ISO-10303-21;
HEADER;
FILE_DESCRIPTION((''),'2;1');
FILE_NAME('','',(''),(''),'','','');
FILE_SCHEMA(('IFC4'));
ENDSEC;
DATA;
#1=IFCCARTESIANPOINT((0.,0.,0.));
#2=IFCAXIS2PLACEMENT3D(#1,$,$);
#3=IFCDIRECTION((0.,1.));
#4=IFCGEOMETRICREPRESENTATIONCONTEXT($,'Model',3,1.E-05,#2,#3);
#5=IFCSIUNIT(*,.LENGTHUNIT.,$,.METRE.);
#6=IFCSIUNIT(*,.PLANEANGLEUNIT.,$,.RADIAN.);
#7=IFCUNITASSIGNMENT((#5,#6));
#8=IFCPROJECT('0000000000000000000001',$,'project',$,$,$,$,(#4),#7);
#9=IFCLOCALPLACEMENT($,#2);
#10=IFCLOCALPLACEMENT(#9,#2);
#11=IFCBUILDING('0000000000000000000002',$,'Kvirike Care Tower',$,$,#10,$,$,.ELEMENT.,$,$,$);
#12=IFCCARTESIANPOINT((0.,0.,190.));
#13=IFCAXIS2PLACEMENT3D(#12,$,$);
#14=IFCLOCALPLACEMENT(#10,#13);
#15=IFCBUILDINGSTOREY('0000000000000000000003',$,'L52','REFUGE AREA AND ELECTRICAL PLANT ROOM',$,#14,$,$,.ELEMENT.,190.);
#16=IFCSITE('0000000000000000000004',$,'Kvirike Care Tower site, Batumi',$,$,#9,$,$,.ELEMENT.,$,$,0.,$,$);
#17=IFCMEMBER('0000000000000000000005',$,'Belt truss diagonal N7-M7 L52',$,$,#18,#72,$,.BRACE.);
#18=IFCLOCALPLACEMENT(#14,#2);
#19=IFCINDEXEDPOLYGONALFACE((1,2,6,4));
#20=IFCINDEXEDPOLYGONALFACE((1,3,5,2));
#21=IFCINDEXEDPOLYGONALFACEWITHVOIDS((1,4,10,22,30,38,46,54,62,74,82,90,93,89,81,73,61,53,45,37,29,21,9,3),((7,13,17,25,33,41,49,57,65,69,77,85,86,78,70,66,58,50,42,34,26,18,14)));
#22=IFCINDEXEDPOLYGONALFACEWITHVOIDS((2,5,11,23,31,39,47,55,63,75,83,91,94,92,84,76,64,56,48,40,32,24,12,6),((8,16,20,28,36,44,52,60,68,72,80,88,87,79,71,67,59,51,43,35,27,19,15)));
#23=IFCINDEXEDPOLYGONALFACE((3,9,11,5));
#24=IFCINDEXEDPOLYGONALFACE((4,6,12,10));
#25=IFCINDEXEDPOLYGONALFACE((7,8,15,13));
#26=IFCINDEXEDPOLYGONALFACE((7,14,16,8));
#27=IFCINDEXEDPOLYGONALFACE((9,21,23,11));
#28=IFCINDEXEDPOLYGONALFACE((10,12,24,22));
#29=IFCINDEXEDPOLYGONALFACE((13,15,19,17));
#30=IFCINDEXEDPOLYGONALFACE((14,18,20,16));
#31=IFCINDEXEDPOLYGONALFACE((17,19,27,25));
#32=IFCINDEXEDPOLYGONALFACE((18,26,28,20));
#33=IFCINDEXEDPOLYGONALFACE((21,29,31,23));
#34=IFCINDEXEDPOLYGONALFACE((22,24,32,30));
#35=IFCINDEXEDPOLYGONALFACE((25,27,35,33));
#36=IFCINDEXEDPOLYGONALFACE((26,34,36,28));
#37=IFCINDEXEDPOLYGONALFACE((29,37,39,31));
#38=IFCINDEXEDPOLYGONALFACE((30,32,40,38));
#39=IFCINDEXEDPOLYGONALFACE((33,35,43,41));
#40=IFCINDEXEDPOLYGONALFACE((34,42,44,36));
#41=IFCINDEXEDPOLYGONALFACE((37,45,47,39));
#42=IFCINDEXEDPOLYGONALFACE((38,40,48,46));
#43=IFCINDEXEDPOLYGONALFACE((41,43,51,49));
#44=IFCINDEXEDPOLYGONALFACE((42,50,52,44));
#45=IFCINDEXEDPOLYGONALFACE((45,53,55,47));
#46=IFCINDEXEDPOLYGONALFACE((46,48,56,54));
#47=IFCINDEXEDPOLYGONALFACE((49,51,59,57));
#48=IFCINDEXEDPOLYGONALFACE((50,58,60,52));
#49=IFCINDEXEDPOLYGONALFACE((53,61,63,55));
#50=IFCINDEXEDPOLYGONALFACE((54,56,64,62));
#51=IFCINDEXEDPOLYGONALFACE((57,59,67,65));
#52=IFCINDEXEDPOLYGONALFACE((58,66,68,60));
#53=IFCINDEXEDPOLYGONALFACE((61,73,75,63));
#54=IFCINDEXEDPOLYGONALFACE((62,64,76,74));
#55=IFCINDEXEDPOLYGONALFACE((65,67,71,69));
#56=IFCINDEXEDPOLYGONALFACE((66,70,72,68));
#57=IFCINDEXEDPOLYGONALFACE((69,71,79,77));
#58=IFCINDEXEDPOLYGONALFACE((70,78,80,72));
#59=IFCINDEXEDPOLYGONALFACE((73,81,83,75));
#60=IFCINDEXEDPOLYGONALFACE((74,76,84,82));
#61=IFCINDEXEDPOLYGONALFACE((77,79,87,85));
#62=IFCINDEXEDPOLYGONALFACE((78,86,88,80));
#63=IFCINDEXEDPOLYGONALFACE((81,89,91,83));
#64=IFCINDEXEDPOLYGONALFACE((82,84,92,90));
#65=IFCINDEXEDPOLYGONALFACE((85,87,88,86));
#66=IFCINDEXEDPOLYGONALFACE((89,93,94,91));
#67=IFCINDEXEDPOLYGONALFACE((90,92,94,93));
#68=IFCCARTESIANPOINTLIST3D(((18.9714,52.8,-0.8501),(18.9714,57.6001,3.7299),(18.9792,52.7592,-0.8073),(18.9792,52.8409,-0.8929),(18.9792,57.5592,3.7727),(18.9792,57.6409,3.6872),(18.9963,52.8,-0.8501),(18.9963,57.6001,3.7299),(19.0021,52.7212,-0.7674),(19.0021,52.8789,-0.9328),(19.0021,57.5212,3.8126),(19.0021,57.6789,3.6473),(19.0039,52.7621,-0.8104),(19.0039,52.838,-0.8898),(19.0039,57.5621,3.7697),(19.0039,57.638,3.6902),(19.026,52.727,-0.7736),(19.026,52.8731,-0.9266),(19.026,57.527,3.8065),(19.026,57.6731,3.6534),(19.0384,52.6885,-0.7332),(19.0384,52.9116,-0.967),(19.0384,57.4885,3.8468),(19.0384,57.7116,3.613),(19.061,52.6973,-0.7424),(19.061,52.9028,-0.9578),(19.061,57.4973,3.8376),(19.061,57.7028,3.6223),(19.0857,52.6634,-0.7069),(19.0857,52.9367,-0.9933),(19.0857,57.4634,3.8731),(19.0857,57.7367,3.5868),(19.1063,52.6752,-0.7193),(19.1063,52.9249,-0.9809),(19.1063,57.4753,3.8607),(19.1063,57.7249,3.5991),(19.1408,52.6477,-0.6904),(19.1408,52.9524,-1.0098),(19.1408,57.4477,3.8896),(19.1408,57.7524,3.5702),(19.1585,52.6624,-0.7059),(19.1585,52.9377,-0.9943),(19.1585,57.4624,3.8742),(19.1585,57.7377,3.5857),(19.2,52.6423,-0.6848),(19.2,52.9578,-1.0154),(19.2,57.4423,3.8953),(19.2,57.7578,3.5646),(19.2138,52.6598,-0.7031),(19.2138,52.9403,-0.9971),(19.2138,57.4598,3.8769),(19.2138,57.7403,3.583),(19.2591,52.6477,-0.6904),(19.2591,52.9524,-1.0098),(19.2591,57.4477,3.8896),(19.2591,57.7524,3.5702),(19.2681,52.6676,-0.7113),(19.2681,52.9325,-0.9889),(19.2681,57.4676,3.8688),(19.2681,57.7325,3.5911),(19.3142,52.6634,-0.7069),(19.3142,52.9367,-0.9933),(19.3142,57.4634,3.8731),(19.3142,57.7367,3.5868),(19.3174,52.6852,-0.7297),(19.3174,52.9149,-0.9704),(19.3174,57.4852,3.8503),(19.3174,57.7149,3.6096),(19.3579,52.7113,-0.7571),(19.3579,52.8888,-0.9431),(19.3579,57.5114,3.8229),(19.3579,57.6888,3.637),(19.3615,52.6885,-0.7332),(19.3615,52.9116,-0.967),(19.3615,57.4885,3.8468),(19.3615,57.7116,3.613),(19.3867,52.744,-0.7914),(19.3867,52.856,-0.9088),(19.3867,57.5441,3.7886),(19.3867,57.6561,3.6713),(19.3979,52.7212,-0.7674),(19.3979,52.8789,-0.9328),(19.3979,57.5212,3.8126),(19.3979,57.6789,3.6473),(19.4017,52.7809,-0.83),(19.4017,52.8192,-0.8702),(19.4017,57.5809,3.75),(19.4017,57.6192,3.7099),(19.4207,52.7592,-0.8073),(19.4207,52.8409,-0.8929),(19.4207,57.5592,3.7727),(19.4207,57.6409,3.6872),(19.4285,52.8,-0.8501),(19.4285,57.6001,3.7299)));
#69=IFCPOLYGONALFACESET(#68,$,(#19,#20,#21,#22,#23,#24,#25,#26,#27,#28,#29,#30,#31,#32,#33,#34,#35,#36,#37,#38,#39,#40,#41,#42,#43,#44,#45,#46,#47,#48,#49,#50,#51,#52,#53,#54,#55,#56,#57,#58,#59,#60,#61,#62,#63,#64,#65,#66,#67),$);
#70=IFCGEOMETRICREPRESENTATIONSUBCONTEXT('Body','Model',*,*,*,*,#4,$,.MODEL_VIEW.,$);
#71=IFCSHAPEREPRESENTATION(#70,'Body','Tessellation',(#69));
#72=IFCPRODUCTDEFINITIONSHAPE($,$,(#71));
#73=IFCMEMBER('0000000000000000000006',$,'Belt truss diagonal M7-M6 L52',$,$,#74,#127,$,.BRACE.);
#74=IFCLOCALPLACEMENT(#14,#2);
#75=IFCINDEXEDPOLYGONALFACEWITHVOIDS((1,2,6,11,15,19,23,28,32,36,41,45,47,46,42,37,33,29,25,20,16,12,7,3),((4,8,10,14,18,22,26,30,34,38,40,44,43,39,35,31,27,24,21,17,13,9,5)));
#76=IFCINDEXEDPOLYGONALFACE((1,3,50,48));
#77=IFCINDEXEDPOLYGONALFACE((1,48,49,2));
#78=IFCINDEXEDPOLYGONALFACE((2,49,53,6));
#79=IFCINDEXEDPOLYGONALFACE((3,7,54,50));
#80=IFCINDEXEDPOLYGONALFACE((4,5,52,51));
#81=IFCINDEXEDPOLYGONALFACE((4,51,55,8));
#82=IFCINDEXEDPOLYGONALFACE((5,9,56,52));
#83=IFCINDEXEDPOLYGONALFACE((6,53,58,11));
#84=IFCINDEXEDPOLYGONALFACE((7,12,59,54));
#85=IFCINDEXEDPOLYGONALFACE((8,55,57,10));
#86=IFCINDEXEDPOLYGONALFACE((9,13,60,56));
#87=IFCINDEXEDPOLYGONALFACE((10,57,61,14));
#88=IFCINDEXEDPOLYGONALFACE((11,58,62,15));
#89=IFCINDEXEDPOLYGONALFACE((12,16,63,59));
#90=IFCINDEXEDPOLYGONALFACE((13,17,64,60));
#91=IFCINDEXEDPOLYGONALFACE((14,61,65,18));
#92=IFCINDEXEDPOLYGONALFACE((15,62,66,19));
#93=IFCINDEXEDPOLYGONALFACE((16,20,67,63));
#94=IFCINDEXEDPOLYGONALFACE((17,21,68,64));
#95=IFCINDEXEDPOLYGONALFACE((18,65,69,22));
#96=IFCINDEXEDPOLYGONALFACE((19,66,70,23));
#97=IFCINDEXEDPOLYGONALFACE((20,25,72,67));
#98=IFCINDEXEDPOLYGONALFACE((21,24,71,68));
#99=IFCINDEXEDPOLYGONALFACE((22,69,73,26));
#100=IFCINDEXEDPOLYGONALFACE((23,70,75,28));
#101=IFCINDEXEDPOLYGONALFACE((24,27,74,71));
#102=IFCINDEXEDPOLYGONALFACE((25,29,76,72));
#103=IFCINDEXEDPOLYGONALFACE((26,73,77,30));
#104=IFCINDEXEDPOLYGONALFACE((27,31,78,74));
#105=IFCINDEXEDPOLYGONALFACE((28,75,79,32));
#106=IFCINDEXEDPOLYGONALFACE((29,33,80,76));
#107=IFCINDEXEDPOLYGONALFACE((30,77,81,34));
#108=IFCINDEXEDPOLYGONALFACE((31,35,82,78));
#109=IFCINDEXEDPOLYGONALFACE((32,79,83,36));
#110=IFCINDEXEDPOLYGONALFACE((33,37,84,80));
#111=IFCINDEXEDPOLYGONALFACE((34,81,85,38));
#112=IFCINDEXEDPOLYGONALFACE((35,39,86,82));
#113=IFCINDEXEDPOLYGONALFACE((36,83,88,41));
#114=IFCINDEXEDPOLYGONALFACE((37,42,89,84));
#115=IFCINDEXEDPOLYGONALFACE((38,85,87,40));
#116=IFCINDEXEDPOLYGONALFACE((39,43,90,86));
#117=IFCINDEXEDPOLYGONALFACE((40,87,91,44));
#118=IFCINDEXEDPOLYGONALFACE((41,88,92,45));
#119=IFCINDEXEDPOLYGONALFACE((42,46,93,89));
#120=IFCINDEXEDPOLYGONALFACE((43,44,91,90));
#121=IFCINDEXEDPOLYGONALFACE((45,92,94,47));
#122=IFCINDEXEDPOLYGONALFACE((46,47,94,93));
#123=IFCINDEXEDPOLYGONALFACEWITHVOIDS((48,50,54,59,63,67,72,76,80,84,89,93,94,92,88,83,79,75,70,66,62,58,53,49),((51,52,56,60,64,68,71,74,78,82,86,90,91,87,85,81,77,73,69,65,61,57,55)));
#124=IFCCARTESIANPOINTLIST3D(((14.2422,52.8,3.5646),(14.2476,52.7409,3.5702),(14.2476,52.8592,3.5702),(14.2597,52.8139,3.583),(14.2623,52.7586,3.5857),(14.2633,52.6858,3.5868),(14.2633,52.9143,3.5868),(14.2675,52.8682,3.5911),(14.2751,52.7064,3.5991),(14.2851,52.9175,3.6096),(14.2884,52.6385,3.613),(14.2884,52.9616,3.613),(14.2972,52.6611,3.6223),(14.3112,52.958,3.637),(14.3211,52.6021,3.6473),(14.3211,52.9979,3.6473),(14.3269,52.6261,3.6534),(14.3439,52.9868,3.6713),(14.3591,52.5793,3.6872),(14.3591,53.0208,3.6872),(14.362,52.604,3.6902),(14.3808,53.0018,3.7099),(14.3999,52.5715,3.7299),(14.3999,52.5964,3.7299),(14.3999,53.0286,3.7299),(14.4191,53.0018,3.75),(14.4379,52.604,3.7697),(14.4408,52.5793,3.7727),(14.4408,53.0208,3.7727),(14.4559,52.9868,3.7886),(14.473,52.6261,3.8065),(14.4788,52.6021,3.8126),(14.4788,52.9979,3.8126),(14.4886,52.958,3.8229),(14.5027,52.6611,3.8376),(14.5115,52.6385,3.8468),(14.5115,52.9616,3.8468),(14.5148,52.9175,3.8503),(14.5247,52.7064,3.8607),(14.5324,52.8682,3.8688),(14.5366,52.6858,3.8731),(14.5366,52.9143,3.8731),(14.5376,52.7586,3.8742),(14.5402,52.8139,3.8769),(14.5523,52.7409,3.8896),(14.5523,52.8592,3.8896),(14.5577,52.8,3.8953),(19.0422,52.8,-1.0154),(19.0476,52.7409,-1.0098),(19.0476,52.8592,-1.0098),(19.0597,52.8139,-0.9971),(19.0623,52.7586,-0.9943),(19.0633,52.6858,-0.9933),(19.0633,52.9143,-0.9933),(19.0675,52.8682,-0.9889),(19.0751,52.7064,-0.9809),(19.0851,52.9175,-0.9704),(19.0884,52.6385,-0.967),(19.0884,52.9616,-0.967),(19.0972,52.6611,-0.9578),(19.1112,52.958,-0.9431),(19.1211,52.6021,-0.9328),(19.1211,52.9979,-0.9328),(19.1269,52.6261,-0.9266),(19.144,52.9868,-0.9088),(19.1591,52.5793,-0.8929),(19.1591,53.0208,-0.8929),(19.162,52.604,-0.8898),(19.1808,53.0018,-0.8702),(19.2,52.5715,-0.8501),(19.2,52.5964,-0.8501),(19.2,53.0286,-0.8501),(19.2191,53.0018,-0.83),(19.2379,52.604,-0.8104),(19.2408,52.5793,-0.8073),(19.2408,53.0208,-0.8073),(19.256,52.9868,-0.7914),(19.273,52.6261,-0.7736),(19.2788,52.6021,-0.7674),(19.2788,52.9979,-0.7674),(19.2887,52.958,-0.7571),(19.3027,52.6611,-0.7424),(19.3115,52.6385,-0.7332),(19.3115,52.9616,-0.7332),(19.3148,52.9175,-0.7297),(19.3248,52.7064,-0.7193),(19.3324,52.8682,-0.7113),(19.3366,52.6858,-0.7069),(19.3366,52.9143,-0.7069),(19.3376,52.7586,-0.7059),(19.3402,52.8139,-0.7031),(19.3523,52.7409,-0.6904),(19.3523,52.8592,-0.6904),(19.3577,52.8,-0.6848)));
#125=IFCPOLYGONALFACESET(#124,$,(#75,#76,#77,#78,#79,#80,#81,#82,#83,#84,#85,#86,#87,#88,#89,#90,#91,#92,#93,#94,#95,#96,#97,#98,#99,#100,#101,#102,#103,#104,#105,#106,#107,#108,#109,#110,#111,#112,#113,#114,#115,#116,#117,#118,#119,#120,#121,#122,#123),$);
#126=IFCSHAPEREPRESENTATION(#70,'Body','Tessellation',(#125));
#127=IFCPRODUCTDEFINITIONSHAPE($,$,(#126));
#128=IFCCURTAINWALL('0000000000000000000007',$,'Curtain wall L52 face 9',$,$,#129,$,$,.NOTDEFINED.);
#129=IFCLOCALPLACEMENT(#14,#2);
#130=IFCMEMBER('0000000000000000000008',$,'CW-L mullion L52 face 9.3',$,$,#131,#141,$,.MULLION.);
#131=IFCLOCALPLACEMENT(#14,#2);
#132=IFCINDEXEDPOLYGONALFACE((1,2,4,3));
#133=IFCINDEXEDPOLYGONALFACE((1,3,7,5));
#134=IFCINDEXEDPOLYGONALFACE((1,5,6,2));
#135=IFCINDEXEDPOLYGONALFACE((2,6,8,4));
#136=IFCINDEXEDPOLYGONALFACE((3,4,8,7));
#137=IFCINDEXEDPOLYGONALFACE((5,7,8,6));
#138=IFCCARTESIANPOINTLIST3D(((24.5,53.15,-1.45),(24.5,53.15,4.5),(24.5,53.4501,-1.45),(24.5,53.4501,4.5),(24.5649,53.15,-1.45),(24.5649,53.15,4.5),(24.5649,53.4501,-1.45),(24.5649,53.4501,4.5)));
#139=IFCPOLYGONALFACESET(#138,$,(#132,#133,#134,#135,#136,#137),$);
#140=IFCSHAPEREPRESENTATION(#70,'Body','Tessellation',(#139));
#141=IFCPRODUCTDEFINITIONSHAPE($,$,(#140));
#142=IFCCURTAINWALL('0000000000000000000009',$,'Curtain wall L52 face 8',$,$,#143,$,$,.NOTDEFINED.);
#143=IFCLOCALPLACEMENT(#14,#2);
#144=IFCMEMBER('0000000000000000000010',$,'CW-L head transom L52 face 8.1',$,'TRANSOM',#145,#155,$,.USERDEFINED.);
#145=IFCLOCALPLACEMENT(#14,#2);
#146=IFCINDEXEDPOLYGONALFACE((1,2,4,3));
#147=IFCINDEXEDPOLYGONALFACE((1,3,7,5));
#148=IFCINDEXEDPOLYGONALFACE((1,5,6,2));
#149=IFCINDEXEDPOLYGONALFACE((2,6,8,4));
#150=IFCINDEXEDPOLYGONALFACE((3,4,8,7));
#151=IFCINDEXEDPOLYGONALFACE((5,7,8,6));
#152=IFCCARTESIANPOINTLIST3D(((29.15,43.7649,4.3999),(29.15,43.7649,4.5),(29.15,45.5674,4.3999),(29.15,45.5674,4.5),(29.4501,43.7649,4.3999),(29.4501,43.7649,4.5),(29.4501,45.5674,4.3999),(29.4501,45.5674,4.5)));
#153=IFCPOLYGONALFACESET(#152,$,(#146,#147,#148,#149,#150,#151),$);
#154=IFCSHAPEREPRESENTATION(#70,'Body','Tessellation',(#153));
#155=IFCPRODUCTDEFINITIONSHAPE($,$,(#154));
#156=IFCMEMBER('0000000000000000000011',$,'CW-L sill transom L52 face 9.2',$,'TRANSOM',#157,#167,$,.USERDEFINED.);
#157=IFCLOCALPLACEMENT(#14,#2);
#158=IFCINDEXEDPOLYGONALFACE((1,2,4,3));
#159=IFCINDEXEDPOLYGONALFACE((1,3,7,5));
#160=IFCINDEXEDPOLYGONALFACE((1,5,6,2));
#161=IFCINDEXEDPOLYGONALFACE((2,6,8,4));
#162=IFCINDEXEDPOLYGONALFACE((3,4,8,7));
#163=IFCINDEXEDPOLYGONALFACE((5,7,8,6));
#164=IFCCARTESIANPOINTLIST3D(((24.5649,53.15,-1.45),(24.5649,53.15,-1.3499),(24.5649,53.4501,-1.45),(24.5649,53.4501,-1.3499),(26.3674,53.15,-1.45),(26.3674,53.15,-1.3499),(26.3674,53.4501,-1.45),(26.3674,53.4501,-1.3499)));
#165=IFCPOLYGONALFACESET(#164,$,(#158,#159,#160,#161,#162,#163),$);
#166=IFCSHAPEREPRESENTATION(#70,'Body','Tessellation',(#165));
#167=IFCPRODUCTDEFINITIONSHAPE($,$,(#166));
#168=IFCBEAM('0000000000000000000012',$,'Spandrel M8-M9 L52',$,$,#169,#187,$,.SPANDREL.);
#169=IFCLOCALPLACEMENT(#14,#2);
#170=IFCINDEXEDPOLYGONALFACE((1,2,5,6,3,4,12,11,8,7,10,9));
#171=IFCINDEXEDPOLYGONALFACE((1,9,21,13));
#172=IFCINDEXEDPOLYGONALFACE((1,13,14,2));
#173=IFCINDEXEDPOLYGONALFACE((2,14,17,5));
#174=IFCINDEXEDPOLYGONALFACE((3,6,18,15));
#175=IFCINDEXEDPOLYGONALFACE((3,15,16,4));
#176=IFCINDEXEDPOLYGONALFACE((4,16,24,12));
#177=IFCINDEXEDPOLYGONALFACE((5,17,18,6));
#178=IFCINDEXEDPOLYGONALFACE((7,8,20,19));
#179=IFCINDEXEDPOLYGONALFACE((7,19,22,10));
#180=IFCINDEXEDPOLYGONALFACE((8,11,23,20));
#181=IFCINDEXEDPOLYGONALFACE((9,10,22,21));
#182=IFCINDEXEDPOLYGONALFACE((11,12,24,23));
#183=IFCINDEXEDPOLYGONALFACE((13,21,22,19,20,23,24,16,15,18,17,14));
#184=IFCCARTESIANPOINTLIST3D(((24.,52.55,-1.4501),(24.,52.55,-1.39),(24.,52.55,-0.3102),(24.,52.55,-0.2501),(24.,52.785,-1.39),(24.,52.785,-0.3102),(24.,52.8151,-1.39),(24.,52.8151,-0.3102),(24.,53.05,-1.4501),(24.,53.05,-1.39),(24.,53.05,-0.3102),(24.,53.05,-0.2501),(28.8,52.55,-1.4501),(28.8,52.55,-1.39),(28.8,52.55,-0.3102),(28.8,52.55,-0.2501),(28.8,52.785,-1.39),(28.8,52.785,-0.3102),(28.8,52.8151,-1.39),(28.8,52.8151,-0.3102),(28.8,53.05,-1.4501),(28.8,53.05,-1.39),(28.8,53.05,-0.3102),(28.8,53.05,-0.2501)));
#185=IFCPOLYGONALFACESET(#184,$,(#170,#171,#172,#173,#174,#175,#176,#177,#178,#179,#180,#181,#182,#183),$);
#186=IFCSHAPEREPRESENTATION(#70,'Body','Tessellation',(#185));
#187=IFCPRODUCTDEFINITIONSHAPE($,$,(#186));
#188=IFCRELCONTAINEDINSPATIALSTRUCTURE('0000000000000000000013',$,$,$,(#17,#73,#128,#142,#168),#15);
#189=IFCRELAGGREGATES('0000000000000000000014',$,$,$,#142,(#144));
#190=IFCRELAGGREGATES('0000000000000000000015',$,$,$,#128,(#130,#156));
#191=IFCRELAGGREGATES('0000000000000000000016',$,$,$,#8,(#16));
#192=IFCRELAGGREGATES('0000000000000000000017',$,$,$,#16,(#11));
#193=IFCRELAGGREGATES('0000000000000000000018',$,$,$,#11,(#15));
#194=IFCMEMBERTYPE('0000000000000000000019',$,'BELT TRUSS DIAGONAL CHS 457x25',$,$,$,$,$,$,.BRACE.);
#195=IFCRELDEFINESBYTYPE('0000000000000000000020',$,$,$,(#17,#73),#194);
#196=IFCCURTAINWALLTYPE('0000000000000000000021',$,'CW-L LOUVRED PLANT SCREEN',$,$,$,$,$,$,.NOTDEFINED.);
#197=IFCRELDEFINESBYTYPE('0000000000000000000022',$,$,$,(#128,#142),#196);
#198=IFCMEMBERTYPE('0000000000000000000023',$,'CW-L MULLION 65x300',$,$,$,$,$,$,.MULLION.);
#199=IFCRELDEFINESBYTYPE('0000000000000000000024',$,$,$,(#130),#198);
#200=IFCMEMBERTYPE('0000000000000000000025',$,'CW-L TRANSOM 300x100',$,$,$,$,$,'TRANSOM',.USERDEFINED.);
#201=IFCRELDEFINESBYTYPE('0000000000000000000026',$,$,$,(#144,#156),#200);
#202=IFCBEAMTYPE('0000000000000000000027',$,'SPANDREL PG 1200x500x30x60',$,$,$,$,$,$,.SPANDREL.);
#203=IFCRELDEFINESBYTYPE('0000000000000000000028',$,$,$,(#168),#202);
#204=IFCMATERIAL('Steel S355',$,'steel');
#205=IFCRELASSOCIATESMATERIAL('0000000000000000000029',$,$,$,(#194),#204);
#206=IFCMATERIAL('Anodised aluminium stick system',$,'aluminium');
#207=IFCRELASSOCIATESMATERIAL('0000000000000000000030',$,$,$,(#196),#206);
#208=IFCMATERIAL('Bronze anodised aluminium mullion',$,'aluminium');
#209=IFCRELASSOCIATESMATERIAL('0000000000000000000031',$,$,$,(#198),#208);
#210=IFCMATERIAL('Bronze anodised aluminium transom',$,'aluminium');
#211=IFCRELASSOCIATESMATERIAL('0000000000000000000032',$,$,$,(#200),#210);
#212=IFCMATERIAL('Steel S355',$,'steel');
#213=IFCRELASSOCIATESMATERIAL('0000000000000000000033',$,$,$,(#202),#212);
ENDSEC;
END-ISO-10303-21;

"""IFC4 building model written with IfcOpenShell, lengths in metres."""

from ifc_helpers import new_model, si_unit, direction, frame, origin, origin_2d, place, context, subcontext, project, spatial, rectangle, hollow_circle, i_section, extrude, material, material_profile, profile_set, type_object, element, aggregate, save


model = new_model("IFC4")

# Units and contexts
model_context = context("Model", 3, precision=1e-05, world=origin(), true_north=direction((0.0, 1.0)))
body_context = subcontext(model_context, "Body", "Model", "MODEL_VIEW")
ifc_project = project(units=[si_unit("LENGTHUNIT", "METRE"), si_unit("PLANEANGLEUNIT", "RADIAN")], contexts=[model_context])

# Site, building, storey
site_placement = place(None, origin())
site = spatial("IfcSite", under=ifc_project, at=site_placement, Name="Kvirike Care Tower site, Batumi", CompositionType="ELEMENT", RefElevation=0.0)
building_placement = place(site_placement, origin())
building = spatial("IfcBuilding", under=site, at=building_placement, Name="Kvirike Care Tower", CompositionType="ELEMENT")
storey_placement = place(building_placement, frame((0.0, 0.0, 190.0)))
storey = spatial("IfcBuildingStorey", under=building, at=storey_placement, Name="L52", Description="REFUGE AREA AND ELECTRICAL PLANT ROOM", CompositionType="ELEMENT", Elevation=190.0)

# Members
ifc_material_1 = material(Name="Steel S355", Category="steel")
ifc_material_profile_1 = material_profile(ifc_material_1, hollow_circle(Radius=0.2285, WallThickness=0.0249, at=origin_2d()), Name="CHS 457x25")
ifc_profile_set_1 = profile_set([ifc_material_profile_1], Name="Steel S355")
member_type_1 = type_object("IfcMemberType", Name="BELT TRUSS DIAGONAL CHS 457x25", PredefinedType="BRACE", material=ifc_profile_set_1)
for number, where, z_axis, x_axis, name in (
    (1, (19.2, 52.8, -0.8501), (0.0, 0.72349, 0.690335), (-1.0, 0.0, 0.0), "Belt truss diagonal N7-M7 L52"),
    (2, (19.2, 52.8, -0.8501), (-0.72349, 0.0, 0.690335), (0.0, -1.0, 0.0), "Belt truss diagonal M7-M6 L52"),
):
    element("IfcMember", number, at=place(storey_placement, frame(where, z_axis=z_axis, x_axis=x_axis)), inside=storey, type_object=member_type_1, Name=name, PredefinedType="BRACE", context=body_context, shape_type="SweptSolid", body=[
        extrude(hollow_circle(Radius=0.2285, WallThickness=0.0249, at=origin_2d()), origin(), (0.0, 0.0, 1.0), 6.6345),
    ])

# Curtain walls, members
ifc_material_2 = material(Name="Anodised aluminium stick system", Category="aluminium")
curtain_wall_type = type_object("IfcCurtainWallType", Name="CW-L LOUVRED PLANT SCREEN", PredefinedType="NOTDEFINED", material=ifc_material_2)
curtain_wall_1_placement = place(storey_placement, origin())
curtain_wall_1 = element("IfcCurtainWall", 3, at=curtain_wall_1_placement, inside=storey, type_object=curtain_wall_type, Name="Curtain wall L52 face 9", PredefinedType="NOTDEFINED")
ifc_material_3 = material(Name="Bronze anodised aluminium mullion", Category="aluminium")
ifc_material_profile_2 = material_profile(ifc_material_3, rectangle(XDim=0.0649, YDim=0.3, at=origin_2d()), Name="CW-L MULLION 65x300")
ifc_profile_set_2 = profile_set([ifc_material_profile_2], Name="Bronze anodised aluminium mullion")
member_type_2 = type_object("IfcMemberType", Name="CW-L MULLION 65x300", PredefinedType="MULLION", material=ifc_profile_set_2)
member_1_placement = place(storey_placement, frame((24.5325, 53.3, -1.45), z_axis=(0.0, 0.0, 1.0), x_axis=(-1.0, 0.0, 0.0)))
member_1 = element("IfcMember", 4, at=member_1_placement, type_object=member_type_2, Name="CW-L mullion L52 face 9.3", PredefinedType="MULLION", context=body_context, shape_type="SweptSolid", body=[
    extrude(rectangle(XDim=0.0649, YDim=0.3, at=origin_2d()), origin(), (0.0, 0.0, 1.0), 5.95),
])
curtain_wall_2_placement = place(storey_placement, origin())
curtain_wall_2 = element("IfcCurtainWall", 5, at=curtain_wall_2_placement, inside=storey, type_object=curtain_wall_type, Name="Curtain wall L52 face 8", PredefinedType="NOTDEFINED")
ifc_material_4 = material(Name="Bronze anodised aluminium transom", Category="aluminium")
ifc_material_profile_3 = material_profile(ifc_material_4, rectangle(XDim=0.3, YDim=0.1001, at=origin_2d()), Name="CW-L TRANSOM 300x100")
ifc_profile_set_3 = profile_set([ifc_material_profile_3], Name="Bronze anodised aluminium transom")
member_type_3 = type_object("IfcMemberType", Name="CW-L TRANSOM 300x100", ElementType="TRANSOM", PredefinedType="USERDEFINED", material=ifc_profile_set_3)
member_2_placement = place(storey_placement, frame((29.3, 43.7649, 4.45), z_axis=(0.0, 1.0, 0.0), x_axis=(-1.0, 0.0, 0.0)))
member_2 = element("IfcMember", 6, at=member_2_placement, type_object=member_type_3, Name="CW-L head transom L52 face 8.1", ObjectType="TRANSOM", PredefinedType="USERDEFINED", context=body_context, shape_type="SweptSolid", body=[
    extrude(rectangle(XDim=0.3, YDim=0.1001, at=origin_2d()), origin(), (0.0, 0.0, 1.0), 1.8025),
])
aggregate(curtain_wall_2, [member_2])

# Member
member_3_placement = place(storey_placement, frame((26.3674, 53.3, -1.3999), z_axis=(-1.0, 0.0, 0.0), x_axis=(0.0, -1.0, 0.0)))
member_3 = element("IfcMember", 7, at=member_3_placement, type_object=member_type_3, Name="CW-L sill transom L52 face 9.2", ObjectType="TRANSOM", PredefinedType="USERDEFINED", context=body_context, shape_type="SweptSolid", body=[
    extrude(rectangle(XDim=0.3, YDim=0.1001, at=origin_2d()), origin(), (0.0, 0.0, 1.0), 1.8025),
])

# Beam
ifc_material_5 = material(Name="Steel S355", Category="steel")
ifc_material_profile_4 = material_profile(ifc_material_5, i_section(OverallWidth=0.5, OverallDepth=1.2, WebThickness=0.03, FlangeThickness=0.0601, at=origin_2d()), Name="PG 1200x500x30x60")
ifc_profile_set_4 = profile_set([ifc_material_profile_4], Name="Steel S355")
beam_type = type_object("IfcBeamType", Name="SPANDREL PG 1200x500x30x60", PredefinedType="SPANDREL", material=ifc_profile_set_4)
for number, where, z_axis, x_axis, name in (
    (8, (24.0, 52.8, -0.8501), (1.0, 0.0, 0.0), (0.0, 1.0, 0.0), "Spandrel M8-M9 L52"),
):
    element("IfcBeam", number, at=place(storey_placement, frame(where, z_axis=z_axis, x_axis=x_axis)), inside=storey, type_object=beam_type, Name=name, PredefinedType="SPANDREL", context=body_context, shape_type="SweptSolid", body=[
        extrude(i_section(OverallWidth=0.5, OverallDepth=1.2, WebThickness=0.03, FlangeThickness=0.0601, at=origin_2d()), origin(), (0.0, 0.0, 1.0), 4.8),
    ])

aggregate(curtain_wall_1, [member_1, member_3])

save(model, "model.ifc")
